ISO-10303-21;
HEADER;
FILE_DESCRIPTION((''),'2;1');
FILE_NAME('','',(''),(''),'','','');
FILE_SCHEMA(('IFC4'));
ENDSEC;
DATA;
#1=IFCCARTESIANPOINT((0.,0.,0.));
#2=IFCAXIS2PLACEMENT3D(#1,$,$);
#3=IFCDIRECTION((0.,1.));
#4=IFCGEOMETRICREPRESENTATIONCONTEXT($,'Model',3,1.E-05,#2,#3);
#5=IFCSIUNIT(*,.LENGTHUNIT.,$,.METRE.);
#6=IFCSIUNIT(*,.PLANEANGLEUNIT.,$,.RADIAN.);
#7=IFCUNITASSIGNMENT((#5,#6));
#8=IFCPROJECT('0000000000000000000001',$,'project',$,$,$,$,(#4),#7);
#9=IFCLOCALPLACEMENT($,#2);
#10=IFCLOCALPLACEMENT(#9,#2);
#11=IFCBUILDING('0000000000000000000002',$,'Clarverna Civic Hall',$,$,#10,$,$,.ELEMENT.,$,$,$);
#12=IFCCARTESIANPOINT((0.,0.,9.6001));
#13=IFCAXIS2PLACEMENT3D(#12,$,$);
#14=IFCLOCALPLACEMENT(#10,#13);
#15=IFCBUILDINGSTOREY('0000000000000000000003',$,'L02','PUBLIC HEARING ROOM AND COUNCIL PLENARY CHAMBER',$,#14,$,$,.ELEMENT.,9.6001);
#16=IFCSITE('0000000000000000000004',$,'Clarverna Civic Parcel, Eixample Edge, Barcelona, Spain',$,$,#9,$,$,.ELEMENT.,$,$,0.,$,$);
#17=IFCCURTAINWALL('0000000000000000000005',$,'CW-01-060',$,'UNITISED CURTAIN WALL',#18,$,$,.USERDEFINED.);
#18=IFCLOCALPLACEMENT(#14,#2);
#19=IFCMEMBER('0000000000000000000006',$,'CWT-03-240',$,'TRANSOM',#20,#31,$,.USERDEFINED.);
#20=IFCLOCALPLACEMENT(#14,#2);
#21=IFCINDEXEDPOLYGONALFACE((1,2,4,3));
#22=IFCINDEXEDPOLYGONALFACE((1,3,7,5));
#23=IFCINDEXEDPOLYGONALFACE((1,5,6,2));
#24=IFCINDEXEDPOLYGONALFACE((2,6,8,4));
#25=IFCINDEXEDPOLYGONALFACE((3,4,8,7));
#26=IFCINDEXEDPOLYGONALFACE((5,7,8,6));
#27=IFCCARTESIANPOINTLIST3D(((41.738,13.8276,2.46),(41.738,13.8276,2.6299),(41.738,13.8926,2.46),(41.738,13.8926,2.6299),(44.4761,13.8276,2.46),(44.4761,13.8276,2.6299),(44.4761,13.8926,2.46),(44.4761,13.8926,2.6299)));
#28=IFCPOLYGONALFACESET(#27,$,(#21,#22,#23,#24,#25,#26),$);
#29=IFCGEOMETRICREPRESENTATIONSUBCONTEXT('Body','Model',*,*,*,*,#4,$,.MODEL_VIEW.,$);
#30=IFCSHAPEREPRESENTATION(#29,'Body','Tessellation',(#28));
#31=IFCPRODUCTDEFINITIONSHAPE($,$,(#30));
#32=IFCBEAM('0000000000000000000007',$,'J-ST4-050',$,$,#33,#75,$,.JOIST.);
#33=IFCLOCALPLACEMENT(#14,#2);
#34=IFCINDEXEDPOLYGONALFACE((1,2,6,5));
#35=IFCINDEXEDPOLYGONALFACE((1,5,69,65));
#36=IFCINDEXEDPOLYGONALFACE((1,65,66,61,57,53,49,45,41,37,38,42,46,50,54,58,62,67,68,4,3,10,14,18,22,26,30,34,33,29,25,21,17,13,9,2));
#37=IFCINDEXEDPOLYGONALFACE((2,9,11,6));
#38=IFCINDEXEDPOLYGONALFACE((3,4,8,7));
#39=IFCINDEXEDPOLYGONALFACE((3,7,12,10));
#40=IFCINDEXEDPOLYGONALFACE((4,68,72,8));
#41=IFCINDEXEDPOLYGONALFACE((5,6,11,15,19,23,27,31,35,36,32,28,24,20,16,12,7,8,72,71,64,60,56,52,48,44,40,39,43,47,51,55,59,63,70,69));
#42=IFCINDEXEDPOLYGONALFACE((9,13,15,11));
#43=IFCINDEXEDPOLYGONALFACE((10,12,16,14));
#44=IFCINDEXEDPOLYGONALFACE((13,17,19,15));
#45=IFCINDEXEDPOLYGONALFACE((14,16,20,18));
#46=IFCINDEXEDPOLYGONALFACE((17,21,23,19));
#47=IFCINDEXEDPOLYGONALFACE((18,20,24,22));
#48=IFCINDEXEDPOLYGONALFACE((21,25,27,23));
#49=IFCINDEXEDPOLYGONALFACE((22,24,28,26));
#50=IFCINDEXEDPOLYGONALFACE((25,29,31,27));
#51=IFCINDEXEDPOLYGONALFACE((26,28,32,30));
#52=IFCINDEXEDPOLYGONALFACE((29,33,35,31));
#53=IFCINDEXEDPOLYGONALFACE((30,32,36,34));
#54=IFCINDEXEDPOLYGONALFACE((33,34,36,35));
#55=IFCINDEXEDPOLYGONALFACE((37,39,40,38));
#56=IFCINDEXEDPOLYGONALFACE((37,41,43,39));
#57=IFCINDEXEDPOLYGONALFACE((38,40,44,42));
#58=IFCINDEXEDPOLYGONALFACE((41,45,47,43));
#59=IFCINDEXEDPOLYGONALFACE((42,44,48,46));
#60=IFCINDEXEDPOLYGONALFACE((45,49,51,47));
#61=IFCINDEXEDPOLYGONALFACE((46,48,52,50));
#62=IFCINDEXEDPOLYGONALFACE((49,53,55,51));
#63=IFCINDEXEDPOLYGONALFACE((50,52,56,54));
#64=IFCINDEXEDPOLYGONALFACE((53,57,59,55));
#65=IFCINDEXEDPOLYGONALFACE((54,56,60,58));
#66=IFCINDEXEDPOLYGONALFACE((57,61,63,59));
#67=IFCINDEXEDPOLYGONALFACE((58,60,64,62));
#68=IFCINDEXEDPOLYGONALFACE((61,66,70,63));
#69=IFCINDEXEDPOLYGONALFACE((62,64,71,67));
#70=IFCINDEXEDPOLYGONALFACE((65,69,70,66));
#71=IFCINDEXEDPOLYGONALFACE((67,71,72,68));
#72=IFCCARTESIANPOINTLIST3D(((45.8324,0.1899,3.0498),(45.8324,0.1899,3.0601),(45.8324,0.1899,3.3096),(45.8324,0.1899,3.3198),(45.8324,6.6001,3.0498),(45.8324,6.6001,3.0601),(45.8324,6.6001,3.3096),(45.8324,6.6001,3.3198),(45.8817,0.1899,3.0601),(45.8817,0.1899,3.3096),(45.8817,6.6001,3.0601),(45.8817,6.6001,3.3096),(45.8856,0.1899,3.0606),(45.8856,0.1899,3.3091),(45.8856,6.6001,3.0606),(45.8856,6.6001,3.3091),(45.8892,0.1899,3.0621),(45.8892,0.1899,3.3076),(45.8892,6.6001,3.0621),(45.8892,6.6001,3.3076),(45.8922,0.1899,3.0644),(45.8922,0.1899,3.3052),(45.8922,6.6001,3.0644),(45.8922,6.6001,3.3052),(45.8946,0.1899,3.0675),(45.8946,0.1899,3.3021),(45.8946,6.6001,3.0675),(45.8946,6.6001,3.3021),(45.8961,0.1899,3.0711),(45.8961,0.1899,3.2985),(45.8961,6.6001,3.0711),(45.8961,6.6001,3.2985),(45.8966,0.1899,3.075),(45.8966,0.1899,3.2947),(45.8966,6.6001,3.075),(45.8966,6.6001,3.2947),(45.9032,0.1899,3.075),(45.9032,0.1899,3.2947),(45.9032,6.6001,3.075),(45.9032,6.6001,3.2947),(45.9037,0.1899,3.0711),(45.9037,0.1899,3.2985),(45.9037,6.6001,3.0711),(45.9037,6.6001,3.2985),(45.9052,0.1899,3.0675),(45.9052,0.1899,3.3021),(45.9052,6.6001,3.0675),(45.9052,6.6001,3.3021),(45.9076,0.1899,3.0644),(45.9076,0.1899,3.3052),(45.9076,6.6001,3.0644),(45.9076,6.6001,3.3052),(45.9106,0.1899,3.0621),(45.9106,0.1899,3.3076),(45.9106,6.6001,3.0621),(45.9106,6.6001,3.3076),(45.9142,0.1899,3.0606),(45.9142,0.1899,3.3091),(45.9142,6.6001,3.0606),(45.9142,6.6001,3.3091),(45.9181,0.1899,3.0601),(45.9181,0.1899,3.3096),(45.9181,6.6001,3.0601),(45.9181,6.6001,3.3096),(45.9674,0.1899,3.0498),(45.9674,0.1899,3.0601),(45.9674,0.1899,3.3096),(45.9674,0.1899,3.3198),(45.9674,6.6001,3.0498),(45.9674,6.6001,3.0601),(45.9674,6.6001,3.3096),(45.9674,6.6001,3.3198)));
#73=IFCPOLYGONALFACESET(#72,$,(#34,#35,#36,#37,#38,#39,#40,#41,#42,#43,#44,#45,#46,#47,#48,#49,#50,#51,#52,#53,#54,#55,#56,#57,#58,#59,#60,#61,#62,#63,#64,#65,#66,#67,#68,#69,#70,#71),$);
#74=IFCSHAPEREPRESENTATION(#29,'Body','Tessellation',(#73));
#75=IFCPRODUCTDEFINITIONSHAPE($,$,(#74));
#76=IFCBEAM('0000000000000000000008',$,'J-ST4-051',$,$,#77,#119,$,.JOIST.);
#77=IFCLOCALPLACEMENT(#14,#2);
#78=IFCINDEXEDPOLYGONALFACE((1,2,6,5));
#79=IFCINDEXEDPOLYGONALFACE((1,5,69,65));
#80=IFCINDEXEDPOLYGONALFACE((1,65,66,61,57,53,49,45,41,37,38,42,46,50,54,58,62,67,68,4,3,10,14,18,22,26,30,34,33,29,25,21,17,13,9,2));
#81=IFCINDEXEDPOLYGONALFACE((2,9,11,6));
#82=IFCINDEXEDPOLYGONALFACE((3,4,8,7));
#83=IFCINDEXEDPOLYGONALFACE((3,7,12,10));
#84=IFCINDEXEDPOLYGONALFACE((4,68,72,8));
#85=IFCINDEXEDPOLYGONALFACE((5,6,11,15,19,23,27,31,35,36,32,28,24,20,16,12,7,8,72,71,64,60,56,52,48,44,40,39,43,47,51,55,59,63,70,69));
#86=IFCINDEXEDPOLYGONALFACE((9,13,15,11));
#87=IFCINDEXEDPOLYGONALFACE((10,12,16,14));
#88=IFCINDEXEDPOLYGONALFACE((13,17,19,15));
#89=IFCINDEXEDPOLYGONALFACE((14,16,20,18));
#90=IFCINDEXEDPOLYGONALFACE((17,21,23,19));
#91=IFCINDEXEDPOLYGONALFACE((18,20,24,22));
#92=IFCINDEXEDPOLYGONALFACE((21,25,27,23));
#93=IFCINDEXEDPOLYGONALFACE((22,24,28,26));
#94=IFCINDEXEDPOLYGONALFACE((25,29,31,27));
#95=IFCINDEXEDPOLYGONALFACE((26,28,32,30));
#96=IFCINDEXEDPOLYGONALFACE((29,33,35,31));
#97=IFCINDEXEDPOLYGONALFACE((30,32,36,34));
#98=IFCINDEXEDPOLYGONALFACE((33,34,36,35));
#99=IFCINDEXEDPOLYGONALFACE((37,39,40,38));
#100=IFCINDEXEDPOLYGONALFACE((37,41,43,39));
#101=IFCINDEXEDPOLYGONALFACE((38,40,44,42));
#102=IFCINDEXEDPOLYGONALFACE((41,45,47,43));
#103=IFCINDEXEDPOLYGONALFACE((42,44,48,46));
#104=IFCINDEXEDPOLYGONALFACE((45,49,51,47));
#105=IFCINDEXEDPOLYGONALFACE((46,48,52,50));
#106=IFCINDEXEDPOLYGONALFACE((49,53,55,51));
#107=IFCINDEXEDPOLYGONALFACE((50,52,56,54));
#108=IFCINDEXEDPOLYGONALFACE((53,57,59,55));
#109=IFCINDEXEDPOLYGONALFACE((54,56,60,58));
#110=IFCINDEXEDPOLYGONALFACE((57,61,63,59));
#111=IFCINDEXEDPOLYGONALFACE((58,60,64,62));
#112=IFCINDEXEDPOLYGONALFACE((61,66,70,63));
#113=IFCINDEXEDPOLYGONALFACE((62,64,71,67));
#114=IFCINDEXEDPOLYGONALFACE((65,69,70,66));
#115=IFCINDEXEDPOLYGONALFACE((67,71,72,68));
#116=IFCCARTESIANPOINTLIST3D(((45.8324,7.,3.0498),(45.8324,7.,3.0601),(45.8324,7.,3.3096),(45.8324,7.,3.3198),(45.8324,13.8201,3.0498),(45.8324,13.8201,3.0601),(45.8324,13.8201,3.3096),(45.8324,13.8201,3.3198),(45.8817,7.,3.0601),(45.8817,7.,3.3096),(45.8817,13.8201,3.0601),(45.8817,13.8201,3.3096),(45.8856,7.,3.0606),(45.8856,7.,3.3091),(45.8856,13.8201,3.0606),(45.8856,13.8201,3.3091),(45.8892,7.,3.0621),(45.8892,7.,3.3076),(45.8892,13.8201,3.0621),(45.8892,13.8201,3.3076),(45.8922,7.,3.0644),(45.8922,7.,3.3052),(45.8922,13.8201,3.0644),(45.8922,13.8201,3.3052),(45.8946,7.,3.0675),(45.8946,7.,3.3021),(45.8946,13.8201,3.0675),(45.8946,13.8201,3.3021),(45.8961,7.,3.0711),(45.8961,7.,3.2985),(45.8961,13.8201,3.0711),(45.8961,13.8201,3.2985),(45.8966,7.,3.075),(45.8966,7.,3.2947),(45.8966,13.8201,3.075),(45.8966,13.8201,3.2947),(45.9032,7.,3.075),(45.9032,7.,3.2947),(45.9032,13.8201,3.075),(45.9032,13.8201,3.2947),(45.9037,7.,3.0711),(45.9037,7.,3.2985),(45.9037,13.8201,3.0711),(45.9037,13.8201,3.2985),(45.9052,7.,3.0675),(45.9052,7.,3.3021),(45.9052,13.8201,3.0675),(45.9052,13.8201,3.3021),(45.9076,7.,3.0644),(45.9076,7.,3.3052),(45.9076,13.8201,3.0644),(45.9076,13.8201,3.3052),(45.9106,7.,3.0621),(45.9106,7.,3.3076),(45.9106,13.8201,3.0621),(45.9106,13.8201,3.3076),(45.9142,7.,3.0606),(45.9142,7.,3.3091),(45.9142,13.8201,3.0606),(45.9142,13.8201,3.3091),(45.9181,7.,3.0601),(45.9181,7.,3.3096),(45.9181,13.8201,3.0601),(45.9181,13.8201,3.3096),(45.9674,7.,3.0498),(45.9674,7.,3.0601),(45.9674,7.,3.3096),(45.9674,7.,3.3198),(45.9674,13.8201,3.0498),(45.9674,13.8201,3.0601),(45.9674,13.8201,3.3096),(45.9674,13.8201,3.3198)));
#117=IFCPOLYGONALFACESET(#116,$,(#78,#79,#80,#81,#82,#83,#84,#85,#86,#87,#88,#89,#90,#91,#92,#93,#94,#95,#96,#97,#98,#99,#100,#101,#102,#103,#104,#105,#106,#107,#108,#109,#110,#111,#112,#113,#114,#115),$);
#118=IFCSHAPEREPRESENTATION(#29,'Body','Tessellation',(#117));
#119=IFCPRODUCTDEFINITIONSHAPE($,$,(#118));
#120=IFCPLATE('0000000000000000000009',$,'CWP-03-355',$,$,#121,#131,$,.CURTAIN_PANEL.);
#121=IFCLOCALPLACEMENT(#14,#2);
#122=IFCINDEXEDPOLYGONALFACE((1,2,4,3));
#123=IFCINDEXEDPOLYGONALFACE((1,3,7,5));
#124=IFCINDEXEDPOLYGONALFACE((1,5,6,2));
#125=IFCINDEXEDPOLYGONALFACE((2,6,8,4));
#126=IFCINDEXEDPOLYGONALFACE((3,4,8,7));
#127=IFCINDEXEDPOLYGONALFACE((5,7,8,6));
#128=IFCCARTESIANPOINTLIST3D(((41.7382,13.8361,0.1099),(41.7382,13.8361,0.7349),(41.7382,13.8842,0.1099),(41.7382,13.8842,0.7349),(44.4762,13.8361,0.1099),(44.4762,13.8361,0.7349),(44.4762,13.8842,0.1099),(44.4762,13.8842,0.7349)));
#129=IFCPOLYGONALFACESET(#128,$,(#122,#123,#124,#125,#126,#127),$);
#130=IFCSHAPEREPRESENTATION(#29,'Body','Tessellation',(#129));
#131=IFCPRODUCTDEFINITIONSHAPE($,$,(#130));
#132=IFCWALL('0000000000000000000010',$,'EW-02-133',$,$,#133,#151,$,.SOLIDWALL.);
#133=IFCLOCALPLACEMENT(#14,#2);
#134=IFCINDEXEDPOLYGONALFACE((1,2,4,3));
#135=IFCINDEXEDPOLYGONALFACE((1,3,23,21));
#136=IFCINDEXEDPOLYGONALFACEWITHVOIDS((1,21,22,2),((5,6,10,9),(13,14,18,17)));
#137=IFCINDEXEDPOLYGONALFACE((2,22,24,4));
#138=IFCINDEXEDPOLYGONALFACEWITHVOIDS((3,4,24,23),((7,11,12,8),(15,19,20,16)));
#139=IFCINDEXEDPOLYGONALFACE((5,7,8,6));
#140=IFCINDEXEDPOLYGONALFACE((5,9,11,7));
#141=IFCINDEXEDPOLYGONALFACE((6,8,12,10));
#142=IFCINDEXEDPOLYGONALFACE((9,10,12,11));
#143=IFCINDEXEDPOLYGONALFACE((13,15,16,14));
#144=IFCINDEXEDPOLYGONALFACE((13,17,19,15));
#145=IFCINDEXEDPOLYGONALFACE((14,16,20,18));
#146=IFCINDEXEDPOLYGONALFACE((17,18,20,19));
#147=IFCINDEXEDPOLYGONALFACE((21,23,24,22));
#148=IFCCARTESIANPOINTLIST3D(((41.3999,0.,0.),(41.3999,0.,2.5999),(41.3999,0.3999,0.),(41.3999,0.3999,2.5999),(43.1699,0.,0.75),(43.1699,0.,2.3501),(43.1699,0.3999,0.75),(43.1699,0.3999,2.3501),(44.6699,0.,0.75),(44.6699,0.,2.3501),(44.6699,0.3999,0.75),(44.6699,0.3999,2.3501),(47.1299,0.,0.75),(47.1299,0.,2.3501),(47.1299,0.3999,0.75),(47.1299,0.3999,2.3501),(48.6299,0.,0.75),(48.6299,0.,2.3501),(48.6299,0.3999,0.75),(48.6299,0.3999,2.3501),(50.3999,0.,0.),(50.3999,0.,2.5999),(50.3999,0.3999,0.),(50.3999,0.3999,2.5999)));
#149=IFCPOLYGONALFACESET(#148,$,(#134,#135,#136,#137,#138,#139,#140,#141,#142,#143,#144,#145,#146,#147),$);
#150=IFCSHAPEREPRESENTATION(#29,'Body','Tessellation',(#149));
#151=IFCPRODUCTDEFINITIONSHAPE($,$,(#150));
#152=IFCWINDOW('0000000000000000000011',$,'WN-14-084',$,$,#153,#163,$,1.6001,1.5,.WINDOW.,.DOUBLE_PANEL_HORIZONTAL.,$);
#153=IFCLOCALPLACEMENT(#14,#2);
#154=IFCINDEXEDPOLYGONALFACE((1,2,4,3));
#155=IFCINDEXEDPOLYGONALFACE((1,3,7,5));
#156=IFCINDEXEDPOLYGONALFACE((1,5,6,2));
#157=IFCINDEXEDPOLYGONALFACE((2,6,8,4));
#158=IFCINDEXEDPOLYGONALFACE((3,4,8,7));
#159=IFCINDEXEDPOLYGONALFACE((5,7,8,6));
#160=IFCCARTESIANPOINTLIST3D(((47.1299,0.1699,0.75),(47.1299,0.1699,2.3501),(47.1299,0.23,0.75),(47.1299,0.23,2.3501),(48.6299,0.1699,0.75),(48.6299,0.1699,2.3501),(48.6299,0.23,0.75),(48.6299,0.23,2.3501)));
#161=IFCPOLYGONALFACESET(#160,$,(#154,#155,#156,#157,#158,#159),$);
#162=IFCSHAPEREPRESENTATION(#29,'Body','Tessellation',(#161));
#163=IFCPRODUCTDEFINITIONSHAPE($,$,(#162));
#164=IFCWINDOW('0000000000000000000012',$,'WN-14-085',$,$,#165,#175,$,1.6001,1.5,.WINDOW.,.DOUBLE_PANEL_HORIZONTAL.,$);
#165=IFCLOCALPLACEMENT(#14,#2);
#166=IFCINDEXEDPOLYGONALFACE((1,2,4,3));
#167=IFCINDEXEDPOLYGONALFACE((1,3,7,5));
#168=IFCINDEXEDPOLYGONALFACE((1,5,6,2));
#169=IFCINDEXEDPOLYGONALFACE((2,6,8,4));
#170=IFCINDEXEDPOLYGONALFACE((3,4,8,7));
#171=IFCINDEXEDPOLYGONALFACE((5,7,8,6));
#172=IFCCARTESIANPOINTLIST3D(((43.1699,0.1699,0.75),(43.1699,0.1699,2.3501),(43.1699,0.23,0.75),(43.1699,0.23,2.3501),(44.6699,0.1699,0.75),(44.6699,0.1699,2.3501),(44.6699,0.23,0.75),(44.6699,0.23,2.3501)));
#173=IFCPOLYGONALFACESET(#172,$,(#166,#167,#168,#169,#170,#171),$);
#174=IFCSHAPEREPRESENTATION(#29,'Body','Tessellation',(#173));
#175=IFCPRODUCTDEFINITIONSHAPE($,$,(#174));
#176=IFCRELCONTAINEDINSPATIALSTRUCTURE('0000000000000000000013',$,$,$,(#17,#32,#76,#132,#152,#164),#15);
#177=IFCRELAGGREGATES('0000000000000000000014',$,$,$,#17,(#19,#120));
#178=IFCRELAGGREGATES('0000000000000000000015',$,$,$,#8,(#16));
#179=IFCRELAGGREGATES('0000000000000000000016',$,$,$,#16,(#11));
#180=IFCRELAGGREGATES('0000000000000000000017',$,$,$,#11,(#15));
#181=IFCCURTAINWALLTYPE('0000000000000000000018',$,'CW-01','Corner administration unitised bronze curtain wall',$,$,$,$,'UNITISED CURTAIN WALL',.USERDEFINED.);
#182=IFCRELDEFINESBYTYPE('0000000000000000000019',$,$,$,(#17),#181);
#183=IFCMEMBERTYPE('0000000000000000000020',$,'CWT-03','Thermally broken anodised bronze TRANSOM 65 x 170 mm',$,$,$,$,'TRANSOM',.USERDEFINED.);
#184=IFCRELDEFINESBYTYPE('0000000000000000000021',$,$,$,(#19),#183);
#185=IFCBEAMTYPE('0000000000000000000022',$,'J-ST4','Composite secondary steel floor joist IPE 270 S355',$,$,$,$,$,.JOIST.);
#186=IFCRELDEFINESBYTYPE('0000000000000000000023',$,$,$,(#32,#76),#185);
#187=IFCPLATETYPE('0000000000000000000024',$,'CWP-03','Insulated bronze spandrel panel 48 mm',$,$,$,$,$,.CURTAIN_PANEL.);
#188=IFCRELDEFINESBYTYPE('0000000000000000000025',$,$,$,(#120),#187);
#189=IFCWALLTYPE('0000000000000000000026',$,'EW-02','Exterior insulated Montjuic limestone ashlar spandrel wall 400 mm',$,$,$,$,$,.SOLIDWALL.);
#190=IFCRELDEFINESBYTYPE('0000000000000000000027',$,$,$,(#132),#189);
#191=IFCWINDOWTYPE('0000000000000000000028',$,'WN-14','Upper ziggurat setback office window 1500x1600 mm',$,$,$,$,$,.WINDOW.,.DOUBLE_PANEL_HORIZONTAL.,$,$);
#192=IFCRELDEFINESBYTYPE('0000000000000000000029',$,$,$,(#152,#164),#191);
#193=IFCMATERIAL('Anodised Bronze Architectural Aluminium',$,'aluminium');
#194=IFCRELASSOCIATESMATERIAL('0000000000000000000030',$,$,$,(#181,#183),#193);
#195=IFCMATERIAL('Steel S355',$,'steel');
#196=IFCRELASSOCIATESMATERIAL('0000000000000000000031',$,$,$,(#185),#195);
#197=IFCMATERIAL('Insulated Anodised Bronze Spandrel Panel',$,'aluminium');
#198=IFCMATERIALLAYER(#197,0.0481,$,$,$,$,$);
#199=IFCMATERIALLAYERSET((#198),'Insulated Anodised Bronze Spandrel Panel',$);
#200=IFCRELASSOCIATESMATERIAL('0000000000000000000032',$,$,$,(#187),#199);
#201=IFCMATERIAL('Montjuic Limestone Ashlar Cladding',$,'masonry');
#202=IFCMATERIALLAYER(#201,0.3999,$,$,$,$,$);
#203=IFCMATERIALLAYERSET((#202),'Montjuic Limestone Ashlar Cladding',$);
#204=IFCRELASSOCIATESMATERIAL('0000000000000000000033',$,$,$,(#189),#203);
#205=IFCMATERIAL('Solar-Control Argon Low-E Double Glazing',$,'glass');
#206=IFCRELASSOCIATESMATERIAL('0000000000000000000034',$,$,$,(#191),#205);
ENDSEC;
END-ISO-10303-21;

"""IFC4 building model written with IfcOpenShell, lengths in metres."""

from ifc_helpers import new_model, si_unit, direction, frame, frame_2d, origin, origin_2d, place, context, subcontext, project, spatial, rectangle, i_section, extrude, material, layer, layer_set, material_profile, profile_set, type_object, element, fill, aggregate, save


model = new_model("IFC4")

# Units and contexts
model_context = context("Model", 3, precision=1e-05, world=origin(), true_north=direction((0.0, 1.0)))
body_context = subcontext(model_context, "Body", "Model", "MODEL_VIEW")
ifc_project = project(units=[si_unit("LENGTHUNIT", "METRE"), si_unit("PLANEANGLEUNIT", "RADIAN")], contexts=[model_context])

# Site, building, storey
site_placement = place(None, origin())
site = spatial("IfcSite", under=ifc_project, at=site_placement, Name="Clarverna Civic Parcel, Eixample Edge, Barcelona, Spain", CompositionType="ELEMENT", RefElevation=0.0)
building_placement = place(site_placement, origin())
building = spatial("IfcBuilding", under=site, at=building_placement, Name="Clarverna Civic Hall", CompositionType="ELEMENT")
storey_placement = place(building_placement, frame((0.0, 0.0, 9.6001)))
storey = spatial("IfcBuildingStorey", under=building, at=storey_placement, Name="L02", Description="PUBLIC HEARING ROOM AND COUNCIL PLENARY CHAMBER", CompositionType="ELEMENT", Elevation=9.6001)

# Shared definitions
ifc_material_1 = material(Name="Steel S355", Category="steel")

# Curtain wall, member
ifc_material_2 = material(Name="Anodised Bronze Architectural Aluminium", Category="aluminium")
curtain_wall_type = type_object("IfcCurtainWallType", Name="CW-01", Description="Corner administration unitised bronze curtain wall", ElementType="UNITISED CURTAIN WALL", PredefinedType="USERDEFINED", material=ifc_material_2)
curtain_wall_placement = place(storey_placement, origin())
curtain_wall = element("IfcCurtainWall", 1, at=curtain_wall_placement, inside=storey, type_object=curtain_wall_type, Name="CW-01-060", ObjectType="UNITISED CURTAIN WALL", PredefinedType="USERDEFINED")
ifc_material_profile_1 = material_profile(ifc_material_2, rectangle(XDim=0.0649, YDim=0.1699, at=origin_2d()), Name="BRONZE 65x170")
ifc_profile_set_1 = profile_set([ifc_material_profile_1], Name="Anodised Bronze Architectural Aluminium")
member_type_1 = type_object("IfcMemberType", Name="CWT-03", Description="Thermally broken anodised bronze TRANSOM 65 x 170 mm", ElementType="TRANSOM", PredefinedType="USERDEFINED", material=ifc_profile_set_1)
member_1_placement = place(storey_placement, frame((41.738, 13.8601, 2.5449), z_axis=(1.0, 0.0, 0.0), x_axis=(0.0, 1.0, 0.0)))
member_1 = element("IfcMember", 2, at=member_1_placement, type_object=member_type_1, Name="CWT-03-240", ObjectType="TRANSOM", PredefinedType="USERDEFINED", context=body_context, shape_type="SweptSolid", body=[
    extrude(rectangle(XDim=0.0649, YDim=0.1699, at=origin_2d()), origin(), (0.0, 0.0, 1.0), 2.738),
])

# Beams
ifc_material_profile_2 = material_profile(ifc_material_1, i_section(OverallWidth=0.135, OverallDepth=0.27, WebThickness=0.0066, FlangeThickness=0.0103, FilletRadius=0.0149, at=origin_2d()), Name="IPE 270")
ifc_profile_set_2 = profile_set([ifc_material_profile_2], Name="Steel S355")
beam_type_1 = type_object("IfcBeamType", Name="J-ST4", Description="Composite secondary steel floor joist IPE 270 S355", PredefinedType="JOIST", material=ifc_profile_set_2)
beam_1_placement = place(storey_placement, frame((45.8999, 0.1899, 3.1848), z_axis=(0.0, 1.0, 0.0), x_axis=(-1.0, 0.0, 0.0)))
element("IfcBeam", 3, at=beam_1_placement, inside=storey, type_object=beam_type_1, Name="J-ST4-050", PredefinedType="JOIST", context=body_context, shape_type="SweptSolid", body=[
    extrude(i_section(OverallWidth=0.135, OverallDepth=0.27, WebThickness=0.0066, FlangeThickness=0.0103, FilletRadius=0.0149, at=origin_2d()), origin(), (0.0, 0.0, 1.0), 6.4102),
])
beam_2_placement = place(storey_placement, frame((45.8999, 7.0, 3.1848), z_axis=(0.0, 1.0, 0.0), x_axis=(-1.0, 0.0, 0.0)))
element("IfcBeam", 4, at=beam_2_placement, inside=storey, type_object=beam_type_1, Name="J-ST4-051", PredefinedType="JOIST", context=body_context, shape_type="SweptSolid", body=[
    extrude(i_section(OverallWidth=0.135, OverallDepth=0.27, WebThickness=0.0066, FlangeThickness=0.0103, FilletRadius=0.0149, at=origin_2d()), origin(), (0.0, 0.0, 1.0), 6.8201),
])

# Plate
ifc_material_3 = material(Name="Insulated Anodised Bronze Spandrel Panel", Category="aluminium")
ifc_layer_1 = layer(ifc_material_3, 0.0481)
ifc_layer_set_1 = layer_set([ifc_layer_1], Name="Insulated Anodised Bronze Spandrel Panel")
plate_type = type_object("IfcPlateType", Name="CWP-03", Description="Insulated bronze spandrel panel 48 mm", PredefinedType="CURTAIN_PANEL", material=ifc_layer_set_1)
plate_placement = place(storey_placement, frame((41.738, 13.8601, 0.1099), z_axis=(0.0, 0.0, 1.0), x_axis=(1.0, 0.0, 0.0)))
plate = element("IfcPlate", 5, at=plate_placement, type_object=plate_type, Name="CWP-03-355", PredefinedType="CURTAIN_PANEL", context=body_context, shape_type="SweptSolid", body=[
    extrude(rectangle(XDim=2.738, YDim=0.0481, at=frame_2d((1.3691, 0.0))), origin(), (0.0, 0.0, 1.0), 0.625),
])
aggregate(curtain_wall, [member_1, plate])

# Wall, openings, windows
ifc_material_4 = material(Name="Montjuic Limestone Ashlar Cladding", Category="masonry")
ifc_layer_2 = layer(ifc_material_4, 0.3999)
ifc_layer_set_2 = layer_set([ifc_layer_2], Name="Montjuic Limestone Ashlar Cladding")
wall_type = type_object("IfcWallType", Name="EW-02", Description="Exterior insulated Montjuic limestone ashlar spandrel wall 400 mm", PredefinedType="SOLIDWALL", material=ifc_layer_set_2)
wall_placement = place(storey_placement, frame((50.3999, 0.2, 0.0), z_axis=(0.0, 0.0, 1.0), x_axis=(-1.0, 0.0, 0.0)))
wall = element("IfcWall", 6, at=wall_placement, inside=storey, type_object=wall_type, Name="EW-02-133", PredefinedType="SOLIDWALL", context=body_context, shape_type="SweptSolid", body=[
    extrude(rectangle(XDim=9.0, YDim=0.3999, at=frame_2d((4.5, 0.0))), origin(), (0.0, 0.0, 1.0), 2.5999),
])
opening_1_placement = place(wall_placement, frame((1.77, 0.0, 0.75)))
opening_1 = element("IfcOpeningElement", 7, at=opening_1_placement, cuts=wall, PredefinedType="OPENING", context=body_context, shape_type="SweptSolid", body=[
    extrude(rectangle(XDim=1.5, YDim=1.6001, at=frame_2d((0.75, 0.8))), frame((0.0, 0.21, 0.0), z_axis=(0.0, -1.0, 0.0), x_axis=(1.0, 0.0, 0.0)), (0.0, 0.0, 1.0), 0.4199),
])
opening_2_placement = place(wall_placement, frame((5.73, 0.0, 0.75)))
opening_2 = element("IfcOpeningElement", 8, at=opening_2_placement, cuts=wall, PredefinedType="OPENING", context=body_context, shape_type="SweptSolid", body=[
    extrude(rectangle(XDim=1.5, YDim=1.6001, at=frame_2d((0.75, 0.8))), frame((0.0, 0.21, 0.0), z_axis=(0.0, -1.0, 0.0), x_axis=(1.0, 0.0, 0.0)), (0.0, 0.0, 1.0), 0.4199),
])
ifc_material_5 = material(Name="Solar-Control Argon Low-E Double Glazing", Category="glass")
window_type = type_object("IfcWindowType", Name="WN-14", Description="Upper ziggurat setback office window 1500x1600 mm", PartitioningType="DOUBLE_PANEL_HORIZONTAL", PredefinedType="WINDOW", material=ifc_material_5)
window_1_placement = place(opening_1_placement, origin())
window_1 = element("IfcWindow", 9, at=window_1_placement, inside=storey, type_object=window_type, Name="WN-14-084", OverallHeight=1.6001, OverallWidth=1.5, PartitioningType="DOUBLE_PANEL_HORIZONTAL", PredefinedType="WINDOW", context=body_context, shape_type="SweptSolid", body=[
    extrude(rectangle(XDim=1.5, YDim=1.6001, at=frame_2d((0.75, 0.8))), frame((0.0, 0.03, 0.0), z_axis=(0.0, -1.0, 0.0), x_axis=(1.0, 0.0, 0.0)), (0.0, 0.0, 1.0), 0.0601),
])
fill(opening_1, window_1)
window_2_placement = place(opening_2_placement, origin())
window_2 = element("IfcWindow", 10, at=window_2_placement, inside=storey, type_object=window_type, Name="WN-14-085", OverallHeight=1.6001, OverallWidth=1.5, PartitioningType="DOUBLE_PANEL_HORIZONTAL", PredefinedType="WINDOW", context=body_context, shape_type="SweptSolid", body=[
    extrude(rectangle(XDim=1.5, YDim=1.6001, at=frame_2d((0.75, 0.8))), frame((0.0, 0.03, 0.0), z_axis=(0.0, -1.0, 0.0), x_axis=(1.0, 0.0, 0.0)), (0.0, 0.0, 1.0), 0.0601),
])
fill(opening_2, window_2)

save(model, "model.ifc")
